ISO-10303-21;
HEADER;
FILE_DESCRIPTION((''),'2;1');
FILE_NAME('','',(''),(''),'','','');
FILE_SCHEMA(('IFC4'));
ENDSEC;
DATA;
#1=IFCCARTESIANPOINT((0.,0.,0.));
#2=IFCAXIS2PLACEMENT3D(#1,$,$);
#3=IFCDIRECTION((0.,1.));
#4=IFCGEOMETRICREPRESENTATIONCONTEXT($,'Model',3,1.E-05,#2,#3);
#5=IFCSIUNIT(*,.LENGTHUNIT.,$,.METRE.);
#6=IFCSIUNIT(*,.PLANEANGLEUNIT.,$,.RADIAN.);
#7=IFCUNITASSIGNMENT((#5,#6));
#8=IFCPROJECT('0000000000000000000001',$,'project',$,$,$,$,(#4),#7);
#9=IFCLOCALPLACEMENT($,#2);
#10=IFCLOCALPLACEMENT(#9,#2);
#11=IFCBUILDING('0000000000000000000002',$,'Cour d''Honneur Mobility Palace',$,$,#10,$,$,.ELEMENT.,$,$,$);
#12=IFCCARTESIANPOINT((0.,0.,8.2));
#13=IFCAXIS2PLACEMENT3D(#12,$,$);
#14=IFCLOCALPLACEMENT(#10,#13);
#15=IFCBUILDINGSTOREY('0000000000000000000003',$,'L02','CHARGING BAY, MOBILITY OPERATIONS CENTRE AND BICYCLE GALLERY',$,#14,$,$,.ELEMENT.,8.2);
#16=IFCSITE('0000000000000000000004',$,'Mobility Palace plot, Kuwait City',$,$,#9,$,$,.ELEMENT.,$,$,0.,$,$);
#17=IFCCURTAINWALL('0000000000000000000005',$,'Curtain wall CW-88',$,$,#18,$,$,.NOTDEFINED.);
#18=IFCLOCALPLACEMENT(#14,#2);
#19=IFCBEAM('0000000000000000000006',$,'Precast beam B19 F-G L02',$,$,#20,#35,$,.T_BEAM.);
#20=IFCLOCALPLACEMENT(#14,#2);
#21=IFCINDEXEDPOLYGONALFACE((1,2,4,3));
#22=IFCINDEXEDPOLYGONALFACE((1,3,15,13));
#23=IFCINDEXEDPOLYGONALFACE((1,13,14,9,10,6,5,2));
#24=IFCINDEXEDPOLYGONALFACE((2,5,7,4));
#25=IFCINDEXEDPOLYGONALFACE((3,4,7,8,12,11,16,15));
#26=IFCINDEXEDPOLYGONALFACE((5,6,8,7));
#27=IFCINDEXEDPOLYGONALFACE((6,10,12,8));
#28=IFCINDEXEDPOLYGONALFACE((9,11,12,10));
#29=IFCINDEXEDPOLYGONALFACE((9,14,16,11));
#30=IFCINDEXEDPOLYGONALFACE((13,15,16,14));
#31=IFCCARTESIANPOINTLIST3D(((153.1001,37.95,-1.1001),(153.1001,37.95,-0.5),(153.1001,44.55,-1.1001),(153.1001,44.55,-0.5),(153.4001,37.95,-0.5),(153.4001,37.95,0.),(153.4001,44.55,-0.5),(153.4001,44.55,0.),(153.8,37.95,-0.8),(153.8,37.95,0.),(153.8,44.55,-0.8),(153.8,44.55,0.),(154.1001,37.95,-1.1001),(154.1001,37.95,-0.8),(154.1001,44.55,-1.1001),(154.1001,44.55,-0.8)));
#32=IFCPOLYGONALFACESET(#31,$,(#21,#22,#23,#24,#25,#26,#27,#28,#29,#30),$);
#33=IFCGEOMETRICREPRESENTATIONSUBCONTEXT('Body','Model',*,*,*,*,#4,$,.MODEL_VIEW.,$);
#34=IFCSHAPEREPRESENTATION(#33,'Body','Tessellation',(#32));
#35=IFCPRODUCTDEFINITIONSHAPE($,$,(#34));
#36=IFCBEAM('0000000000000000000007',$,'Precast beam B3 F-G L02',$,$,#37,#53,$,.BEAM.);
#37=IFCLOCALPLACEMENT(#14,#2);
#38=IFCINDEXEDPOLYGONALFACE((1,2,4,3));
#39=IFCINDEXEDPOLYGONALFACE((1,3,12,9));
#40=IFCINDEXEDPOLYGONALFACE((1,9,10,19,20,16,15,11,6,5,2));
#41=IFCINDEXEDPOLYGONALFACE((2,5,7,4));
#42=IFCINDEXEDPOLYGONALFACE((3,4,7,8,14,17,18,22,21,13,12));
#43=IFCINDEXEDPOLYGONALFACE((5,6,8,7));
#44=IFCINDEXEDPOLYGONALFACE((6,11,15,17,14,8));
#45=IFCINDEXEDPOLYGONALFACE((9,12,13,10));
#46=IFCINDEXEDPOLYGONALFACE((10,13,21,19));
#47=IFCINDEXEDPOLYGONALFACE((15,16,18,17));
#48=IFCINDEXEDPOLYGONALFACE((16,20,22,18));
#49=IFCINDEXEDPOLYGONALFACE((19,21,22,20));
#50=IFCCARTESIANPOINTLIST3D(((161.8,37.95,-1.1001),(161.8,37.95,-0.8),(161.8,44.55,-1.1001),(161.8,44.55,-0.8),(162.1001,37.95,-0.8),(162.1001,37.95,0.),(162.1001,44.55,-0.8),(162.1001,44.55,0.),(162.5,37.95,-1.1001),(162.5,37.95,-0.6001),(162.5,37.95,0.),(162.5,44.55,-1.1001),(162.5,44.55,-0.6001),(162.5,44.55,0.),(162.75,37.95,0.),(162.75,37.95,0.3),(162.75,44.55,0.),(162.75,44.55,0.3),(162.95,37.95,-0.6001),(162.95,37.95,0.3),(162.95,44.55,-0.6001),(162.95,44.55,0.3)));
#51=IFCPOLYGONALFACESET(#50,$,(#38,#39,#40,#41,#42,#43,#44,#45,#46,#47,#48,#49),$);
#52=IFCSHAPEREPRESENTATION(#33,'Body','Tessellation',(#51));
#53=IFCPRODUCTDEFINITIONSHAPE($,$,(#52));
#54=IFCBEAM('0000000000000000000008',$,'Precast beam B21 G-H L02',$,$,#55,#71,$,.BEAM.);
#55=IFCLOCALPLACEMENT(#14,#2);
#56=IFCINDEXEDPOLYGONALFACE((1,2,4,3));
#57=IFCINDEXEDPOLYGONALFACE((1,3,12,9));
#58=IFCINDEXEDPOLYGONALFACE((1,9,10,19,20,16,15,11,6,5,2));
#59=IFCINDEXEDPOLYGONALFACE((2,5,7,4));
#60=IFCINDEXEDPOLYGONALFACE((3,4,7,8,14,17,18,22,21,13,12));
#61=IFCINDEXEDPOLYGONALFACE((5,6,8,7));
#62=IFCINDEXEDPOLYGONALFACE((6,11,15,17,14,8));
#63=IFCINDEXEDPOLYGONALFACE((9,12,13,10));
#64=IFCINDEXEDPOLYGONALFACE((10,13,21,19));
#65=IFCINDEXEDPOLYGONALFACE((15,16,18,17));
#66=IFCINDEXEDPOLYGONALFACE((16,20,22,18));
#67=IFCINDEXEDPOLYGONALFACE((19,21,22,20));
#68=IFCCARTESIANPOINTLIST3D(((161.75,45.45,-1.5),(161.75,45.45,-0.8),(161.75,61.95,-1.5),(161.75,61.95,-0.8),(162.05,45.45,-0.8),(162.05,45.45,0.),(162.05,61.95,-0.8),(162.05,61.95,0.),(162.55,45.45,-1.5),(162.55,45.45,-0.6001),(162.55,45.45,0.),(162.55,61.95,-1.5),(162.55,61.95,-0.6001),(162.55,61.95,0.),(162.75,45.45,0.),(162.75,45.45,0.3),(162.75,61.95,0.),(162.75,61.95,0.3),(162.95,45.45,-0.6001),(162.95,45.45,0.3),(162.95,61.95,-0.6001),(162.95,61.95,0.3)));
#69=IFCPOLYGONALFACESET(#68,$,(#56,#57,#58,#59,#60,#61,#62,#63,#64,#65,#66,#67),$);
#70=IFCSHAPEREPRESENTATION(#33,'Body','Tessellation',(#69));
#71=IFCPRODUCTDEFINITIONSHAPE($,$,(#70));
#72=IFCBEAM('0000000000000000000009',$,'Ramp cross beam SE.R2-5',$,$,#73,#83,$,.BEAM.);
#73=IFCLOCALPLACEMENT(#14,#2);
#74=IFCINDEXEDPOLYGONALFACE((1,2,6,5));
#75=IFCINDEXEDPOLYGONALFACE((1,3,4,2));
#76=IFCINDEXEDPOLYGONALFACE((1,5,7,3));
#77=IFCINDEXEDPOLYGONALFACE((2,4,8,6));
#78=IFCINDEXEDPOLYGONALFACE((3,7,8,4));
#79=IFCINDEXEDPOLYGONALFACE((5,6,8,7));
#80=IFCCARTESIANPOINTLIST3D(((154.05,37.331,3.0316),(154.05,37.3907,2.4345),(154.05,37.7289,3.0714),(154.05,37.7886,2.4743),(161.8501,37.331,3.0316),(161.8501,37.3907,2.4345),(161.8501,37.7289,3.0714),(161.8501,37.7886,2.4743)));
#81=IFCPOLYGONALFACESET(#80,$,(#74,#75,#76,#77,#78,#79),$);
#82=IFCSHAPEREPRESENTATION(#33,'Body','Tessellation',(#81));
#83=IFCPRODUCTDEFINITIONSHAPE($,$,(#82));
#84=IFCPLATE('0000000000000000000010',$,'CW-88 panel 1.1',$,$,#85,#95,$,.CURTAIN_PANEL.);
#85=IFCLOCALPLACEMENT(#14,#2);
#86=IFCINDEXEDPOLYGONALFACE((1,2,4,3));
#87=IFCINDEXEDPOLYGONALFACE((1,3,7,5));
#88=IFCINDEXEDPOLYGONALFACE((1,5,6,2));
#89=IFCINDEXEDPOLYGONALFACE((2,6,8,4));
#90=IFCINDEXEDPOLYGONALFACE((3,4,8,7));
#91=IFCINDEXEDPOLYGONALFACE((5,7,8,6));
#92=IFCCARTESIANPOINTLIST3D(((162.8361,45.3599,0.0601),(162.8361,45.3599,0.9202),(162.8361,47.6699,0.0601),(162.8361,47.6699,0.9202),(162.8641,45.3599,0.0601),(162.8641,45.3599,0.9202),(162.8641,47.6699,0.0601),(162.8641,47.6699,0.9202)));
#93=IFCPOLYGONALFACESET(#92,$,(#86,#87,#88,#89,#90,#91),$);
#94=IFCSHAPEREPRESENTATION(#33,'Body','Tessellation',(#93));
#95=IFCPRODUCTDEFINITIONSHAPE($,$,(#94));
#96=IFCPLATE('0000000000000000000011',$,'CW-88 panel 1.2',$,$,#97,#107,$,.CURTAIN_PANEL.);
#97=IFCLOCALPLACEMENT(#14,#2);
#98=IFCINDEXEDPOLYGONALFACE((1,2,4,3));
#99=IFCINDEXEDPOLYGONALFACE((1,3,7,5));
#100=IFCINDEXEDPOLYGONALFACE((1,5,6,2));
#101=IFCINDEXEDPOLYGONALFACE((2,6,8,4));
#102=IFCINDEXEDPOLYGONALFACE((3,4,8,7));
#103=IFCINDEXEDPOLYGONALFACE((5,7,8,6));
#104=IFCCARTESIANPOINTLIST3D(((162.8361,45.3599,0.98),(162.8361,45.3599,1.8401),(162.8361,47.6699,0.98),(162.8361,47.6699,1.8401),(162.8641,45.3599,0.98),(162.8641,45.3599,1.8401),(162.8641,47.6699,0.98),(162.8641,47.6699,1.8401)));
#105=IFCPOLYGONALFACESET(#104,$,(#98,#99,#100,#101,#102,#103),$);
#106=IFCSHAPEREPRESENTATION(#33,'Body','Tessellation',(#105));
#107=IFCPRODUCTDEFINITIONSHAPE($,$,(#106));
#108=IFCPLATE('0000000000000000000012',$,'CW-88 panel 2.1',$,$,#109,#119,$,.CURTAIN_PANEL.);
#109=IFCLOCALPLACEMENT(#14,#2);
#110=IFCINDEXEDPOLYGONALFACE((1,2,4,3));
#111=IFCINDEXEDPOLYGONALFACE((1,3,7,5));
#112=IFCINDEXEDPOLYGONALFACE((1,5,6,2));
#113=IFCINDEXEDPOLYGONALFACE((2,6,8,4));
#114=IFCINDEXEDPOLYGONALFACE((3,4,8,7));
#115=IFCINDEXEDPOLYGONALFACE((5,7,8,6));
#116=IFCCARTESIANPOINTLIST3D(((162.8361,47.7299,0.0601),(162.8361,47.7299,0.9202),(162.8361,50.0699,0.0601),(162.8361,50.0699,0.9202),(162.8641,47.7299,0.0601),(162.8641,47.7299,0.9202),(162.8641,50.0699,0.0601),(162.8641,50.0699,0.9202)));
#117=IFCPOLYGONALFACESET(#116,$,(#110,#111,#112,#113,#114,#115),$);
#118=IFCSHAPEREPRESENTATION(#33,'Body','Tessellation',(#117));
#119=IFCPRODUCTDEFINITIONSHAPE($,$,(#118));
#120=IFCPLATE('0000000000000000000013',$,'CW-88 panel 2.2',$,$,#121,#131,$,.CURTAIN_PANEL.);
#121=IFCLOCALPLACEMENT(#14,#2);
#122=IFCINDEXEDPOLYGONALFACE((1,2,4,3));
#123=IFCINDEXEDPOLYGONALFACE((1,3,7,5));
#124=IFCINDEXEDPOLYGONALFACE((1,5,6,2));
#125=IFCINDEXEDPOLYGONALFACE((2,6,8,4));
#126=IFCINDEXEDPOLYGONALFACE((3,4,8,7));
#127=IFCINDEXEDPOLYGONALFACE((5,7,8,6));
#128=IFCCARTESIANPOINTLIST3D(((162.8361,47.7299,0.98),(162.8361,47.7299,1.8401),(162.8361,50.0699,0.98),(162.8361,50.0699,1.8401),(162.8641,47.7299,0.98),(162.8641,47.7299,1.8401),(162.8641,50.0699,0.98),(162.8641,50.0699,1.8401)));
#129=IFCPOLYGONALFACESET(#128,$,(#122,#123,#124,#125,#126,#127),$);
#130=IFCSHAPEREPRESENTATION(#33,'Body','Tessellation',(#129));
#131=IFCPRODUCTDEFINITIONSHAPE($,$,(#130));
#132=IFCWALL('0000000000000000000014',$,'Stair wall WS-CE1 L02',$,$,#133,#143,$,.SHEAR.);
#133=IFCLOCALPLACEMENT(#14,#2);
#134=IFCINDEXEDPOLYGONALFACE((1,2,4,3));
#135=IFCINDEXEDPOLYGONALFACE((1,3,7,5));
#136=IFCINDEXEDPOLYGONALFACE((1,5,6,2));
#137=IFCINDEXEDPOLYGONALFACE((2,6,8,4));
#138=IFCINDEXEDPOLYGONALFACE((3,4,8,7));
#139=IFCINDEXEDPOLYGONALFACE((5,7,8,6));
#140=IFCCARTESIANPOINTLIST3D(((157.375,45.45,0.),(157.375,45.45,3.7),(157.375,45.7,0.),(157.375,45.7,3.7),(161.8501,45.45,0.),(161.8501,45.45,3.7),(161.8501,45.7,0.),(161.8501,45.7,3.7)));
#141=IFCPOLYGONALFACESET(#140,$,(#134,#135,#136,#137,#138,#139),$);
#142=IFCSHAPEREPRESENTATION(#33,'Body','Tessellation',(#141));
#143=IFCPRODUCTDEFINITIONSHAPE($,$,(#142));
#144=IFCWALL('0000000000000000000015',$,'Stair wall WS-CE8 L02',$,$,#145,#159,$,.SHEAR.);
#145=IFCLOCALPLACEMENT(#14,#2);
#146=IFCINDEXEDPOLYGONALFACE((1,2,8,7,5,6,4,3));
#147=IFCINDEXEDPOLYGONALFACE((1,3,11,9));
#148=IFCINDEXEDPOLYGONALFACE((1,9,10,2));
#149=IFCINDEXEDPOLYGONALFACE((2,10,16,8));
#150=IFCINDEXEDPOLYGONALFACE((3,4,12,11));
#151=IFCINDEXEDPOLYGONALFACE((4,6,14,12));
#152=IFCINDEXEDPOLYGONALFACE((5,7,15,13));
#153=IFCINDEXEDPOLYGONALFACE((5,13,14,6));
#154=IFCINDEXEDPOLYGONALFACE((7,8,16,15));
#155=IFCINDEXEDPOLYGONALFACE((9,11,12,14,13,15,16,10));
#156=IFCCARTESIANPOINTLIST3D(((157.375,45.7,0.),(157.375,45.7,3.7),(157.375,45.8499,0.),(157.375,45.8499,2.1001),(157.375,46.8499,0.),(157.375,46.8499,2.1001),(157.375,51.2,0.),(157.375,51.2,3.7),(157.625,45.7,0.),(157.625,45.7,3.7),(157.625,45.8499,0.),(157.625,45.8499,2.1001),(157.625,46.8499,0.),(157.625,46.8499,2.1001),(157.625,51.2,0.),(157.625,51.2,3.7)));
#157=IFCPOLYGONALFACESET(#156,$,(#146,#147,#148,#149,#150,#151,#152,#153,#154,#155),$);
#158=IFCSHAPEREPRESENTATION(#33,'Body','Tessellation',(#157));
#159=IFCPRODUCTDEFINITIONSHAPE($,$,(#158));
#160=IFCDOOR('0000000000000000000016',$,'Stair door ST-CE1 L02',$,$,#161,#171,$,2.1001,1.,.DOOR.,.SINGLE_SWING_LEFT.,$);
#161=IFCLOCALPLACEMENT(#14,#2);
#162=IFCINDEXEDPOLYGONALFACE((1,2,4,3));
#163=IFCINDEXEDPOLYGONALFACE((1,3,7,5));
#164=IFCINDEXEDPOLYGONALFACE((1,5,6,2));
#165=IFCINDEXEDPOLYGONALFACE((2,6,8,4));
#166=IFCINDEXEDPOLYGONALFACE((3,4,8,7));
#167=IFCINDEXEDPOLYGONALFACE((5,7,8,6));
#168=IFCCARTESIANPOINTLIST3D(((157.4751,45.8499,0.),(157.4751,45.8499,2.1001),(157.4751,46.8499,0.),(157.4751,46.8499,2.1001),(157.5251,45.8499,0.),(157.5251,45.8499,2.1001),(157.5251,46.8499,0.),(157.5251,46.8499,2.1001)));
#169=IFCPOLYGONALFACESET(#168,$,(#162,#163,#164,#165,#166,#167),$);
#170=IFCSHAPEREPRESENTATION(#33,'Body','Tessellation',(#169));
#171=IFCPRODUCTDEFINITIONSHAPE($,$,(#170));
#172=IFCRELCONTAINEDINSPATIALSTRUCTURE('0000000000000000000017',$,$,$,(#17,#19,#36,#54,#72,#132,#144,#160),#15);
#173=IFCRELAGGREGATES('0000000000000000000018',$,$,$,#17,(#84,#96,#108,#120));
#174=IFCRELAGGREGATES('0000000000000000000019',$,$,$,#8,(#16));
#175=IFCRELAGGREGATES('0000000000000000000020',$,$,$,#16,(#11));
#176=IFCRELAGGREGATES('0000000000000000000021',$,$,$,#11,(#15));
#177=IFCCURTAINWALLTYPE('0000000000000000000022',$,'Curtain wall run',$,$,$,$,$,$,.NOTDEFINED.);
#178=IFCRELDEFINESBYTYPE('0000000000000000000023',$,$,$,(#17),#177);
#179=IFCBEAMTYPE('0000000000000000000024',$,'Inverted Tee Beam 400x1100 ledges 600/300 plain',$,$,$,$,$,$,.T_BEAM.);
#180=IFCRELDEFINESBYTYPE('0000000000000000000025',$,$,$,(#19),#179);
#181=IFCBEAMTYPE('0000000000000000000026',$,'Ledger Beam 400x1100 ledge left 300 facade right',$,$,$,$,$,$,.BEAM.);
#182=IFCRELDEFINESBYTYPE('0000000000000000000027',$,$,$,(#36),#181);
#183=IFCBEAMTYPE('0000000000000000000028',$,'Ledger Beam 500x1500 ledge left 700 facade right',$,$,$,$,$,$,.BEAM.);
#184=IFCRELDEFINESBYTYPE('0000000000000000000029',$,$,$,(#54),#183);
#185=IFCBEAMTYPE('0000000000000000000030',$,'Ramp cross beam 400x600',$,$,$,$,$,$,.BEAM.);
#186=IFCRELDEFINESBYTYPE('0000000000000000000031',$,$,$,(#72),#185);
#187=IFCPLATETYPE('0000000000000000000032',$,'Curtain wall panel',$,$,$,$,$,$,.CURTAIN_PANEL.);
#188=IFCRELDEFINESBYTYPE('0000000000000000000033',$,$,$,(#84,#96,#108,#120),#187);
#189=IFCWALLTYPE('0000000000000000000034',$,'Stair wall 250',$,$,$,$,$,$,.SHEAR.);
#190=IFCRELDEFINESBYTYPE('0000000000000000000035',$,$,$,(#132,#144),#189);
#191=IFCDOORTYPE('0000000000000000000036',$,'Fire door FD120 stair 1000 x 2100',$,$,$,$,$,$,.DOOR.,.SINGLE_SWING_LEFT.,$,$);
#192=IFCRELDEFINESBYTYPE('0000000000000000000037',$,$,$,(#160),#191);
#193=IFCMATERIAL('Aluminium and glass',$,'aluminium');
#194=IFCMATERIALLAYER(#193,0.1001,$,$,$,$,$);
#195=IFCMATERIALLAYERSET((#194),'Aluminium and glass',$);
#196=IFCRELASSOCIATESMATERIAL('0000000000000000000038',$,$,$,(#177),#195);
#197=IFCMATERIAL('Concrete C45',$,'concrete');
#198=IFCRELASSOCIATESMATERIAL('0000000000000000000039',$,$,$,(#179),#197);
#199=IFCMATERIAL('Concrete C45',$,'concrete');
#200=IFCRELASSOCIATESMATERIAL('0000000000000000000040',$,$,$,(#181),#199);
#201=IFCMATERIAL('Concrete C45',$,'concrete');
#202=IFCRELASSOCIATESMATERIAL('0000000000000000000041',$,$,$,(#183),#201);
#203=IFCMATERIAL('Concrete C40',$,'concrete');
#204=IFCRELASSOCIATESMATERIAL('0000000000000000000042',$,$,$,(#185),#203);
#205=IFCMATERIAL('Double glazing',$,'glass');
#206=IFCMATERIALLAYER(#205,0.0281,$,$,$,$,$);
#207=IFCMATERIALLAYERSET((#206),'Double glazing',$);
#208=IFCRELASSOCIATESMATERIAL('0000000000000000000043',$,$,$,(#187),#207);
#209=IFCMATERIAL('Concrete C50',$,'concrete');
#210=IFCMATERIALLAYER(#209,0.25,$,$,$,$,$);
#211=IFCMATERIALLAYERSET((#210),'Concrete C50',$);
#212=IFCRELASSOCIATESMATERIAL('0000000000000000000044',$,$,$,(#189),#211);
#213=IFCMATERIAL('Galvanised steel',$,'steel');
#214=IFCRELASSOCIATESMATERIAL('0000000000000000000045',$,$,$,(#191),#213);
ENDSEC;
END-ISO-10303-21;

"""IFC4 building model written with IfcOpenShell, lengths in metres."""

from ifc_helpers import new_model, si_unit, direction, frame, frame_2d, origin, origin_2d, place, context, subcontext, project, spatial, polyline, rectangle, outline, extrude, material, layer, layer_set, material_profile, profile_set, type_object, element, fill, aggregate, save


model = new_model("IFC4")

# Units and contexts
model_context = context("Model", 3, precision=1e-05, world=origin(), true_north=direction((0.0, 1.0)))
body_context = subcontext(model_context, "Body", "Model", "MODEL_VIEW")
ifc_project = project(units=[si_unit("LENGTHUNIT", "METRE"), si_unit("PLANEANGLEUNIT", "RADIAN")], contexts=[model_context])

# Site, building, storey
site_placement = place(None, origin())
site = spatial("IfcSite", under=ifc_project, at=site_placement, Name="Mobility Palace plot, Kuwait City", CompositionType="ELEMENT", RefElevation=0.0)
building_placement = place(site_placement, origin())
building = spatial("IfcBuilding", under=site, at=building_placement, Name="Cour d'Honneur Mobility Palace", CompositionType="ELEMENT")
storey_placement = place(building_placement, frame((0.0, 0.0, 8.2)))
storey = spatial("IfcBuildingStorey", under=building, at=storey_placement, Name="L02", Description="CHARGING BAY, MOBILITY OPERATIONS CENTRE AND BICYCLE GALLERY", CompositionType="ELEMENT", Elevation=8.2)

# Curtain wall
ifc_material_1 = material(Name="Aluminium and glass", Category="aluminium")
ifc_layer_1 = layer(ifc_material_1, 0.1001)
ifc_layer_set_1 = layer_set([ifc_layer_1], Name="Aluminium and glass")
curtain_wall_type = type_object("IfcCurtainWallType", Name="Curtain wall run", PredefinedType="NOTDEFINED", material=ifc_layer_set_1)
curtain_wall_placement = place(storey_placement, origin())
curtain_wall = element("IfcCurtainWall", 1, at=curtain_wall_placement, inside=storey, type_object=curtain_wall_type, Name="Curtain wall CW-88", PredefinedType="NOTDEFINED")

# Beams
ifc_material_2 = material(Name="Concrete C45", Category="concrete")
ifc_material_profile_1 = material_profile(ifc_material_2, outline(polyline([(0.5, -1.1001), (0.5, -0.5), (0.2, -0.5), (0.2, 0.0), (-0.2, 0.0), (-0.2, -0.8), (-0.5, -0.8), (-0.5, -1.1001), (0.5, -1.1001)])), Name="Inverted Tee Beam 400x1100 ledges 600/300 plain")
ifc_profile_set_1 = profile_set([ifc_material_profile_1], Name="Concrete C45")
beam_type_1 = type_object("IfcBeamType", Name="Inverted Tee Beam 400x1100 ledges 600/300 plain", PredefinedType="T_BEAM", material=ifc_profile_set_1)
beam_1_placement = place(storey_placement, frame((153.6001, 37.95, 0.0), z_axis=(0.0, 1.0, 0.0), x_axis=(-1.0, 0.0, 0.0)))
element("IfcBeam", 2, at=beam_1_placement, inside=storey, type_object=beam_type_1, Name="Precast beam B19 F-G L02", PredefinedType="T_BEAM", context=body_context, shape_type="SweptSolid", body=[
    extrude(outline(polyline([(0.5, -1.1001), (0.5, -0.5), (0.2, -0.5), (0.2, 0.0), (-0.2, 0.0), (-0.2, -0.8), (-0.5, -0.8), (-0.5, -1.1001), (0.5, -1.1001)])), origin(), (0.0, 0.0, 1.0), 6.6001),
])
ifc_material_3 = material(Name="Concrete C45", Category="concrete")
ifc_material_profile_2 = material_profile(ifc_material_3, outline(polyline([(0.5, -1.1001), (0.5, -0.8), (0.2, -0.8), (0.2, 0.0), (-0.2, 0.0), (-0.45, 0.0), (-0.45, 0.3), (-0.6499, 0.3), (-0.6499, -0.6001), (-0.2, -0.6001), (-0.2, -1.1001), (0.5, -1.1001)])), Name="Ledger Beam 400x1100 ledge left 300 facade right")
ifc_profile_set_2 = profile_set([ifc_material_profile_2], Name="Concrete C45")
beam_type_2 = type_object("IfcBeamType", Name="Ledger Beam 400x1100 ledge left 300 facade right", PredefinedType="BEAM", material=ifc_profile_set_2)
beam_2_placement = place(storey_placement, frame((162.3, 37.95, 0.0), z_axis=(0.0, 1.0, 0.0), x_axis=(-1.0, 0.0, 0.0)))
element("IfcBeam", 3, at=beam_2_placement, inside=storey, type_object=beam_type_2, Name="Precast beam B3 F-G L02", PredefinedType="BEAM", context=body_context, shape_type="SweptSolid", body=[
    extrude(outline(polyline([(0.5, -1.1001), (0.5, -0.8), (0.2, -0.8), (0.2, 0.0), (-0.2, 0.0), (-0.45, 0.0), (-0.45, 0.3), (-0.6499, 0.3), (-0.6499, -0.6001), (-0.2, -0.6001), (-0.2, -1.1001), (0.5, -1.1001)])), origin(), (0.0, 0.0, 1.0), 6.6001),
])
ifc_material_4 = material(Name="Concrete C45", Category="concrete")
ifc_material_profile_3 = material_profile(ifc_material_4, outline(polyline([(0.55, -1.5), (0.55, -0.8), (0.25, -0.8), (0.25, 0.0), (-0.25, 0.0), (-0.45, 0.0), (-0.45, 0.3), (-0.6499, 0.3), (-0.6499, -0.6001), (-0.25, -0.6001), (-0.25, -1.5), (0.55, -1.5)])), Name="Ledger Beam 500x1500 ledge left 700 facade right")
ifc_profile_set_3 = profile_set([ifc_material_profile_3], Name="Concrete C45")
beam_type_3 = type_object("IfcBeamType", Name="Ledger Beam 500x1500 ledge left 700 facade right", PredefinedType="BEAM", material=ifc_profile_set_3)
beam_3_placement = place(storey_placement, frame((162.3, 45.45, 0.0), z_axis=(0.0, 1.0, 0.0), x_axis=(-1.0, 0.0, 0.0)))
element("IfcBeam", 4, at=beam_3_placement, inside=storey, type_object=beam_type_3, Name="Precast beam B21 G-H L02", PredefinedType="BEAM", context=body_context, shape_type="SweptSolid", body=[
    extrude(outline(polyline([(0.55, -1.5), (0.55, -0.8), (0.25, -0.8), (0.25, 0.0), (-0.25, 0.0), (-0.45, 0.0), (-0.45, 0.3), (-0.6499, 0.3), (-0.6499, -0.6001), (-0.25, -0.6001), (-0.25, -1.5), (0.55, -1.5)])), origin(), (0.0, 0.0, 1.0), 16.5),
])
ifc_material_5 = material(Name="Concrete C40", Category="concrete")
ifc_material_profile_4 = material_profile(ifc_material_5, rectangle(XDim=0.3999, YDim=0.6001, at=origin_2d()), Name="Ramp cross beam 400x600")
ifc_profile_set_4 = profile_set([ifc_material_profile_4], Name="Concrete C40")
beam_type_4 = type_object("IfcBeamType", Name="Ramp cross beam 400x600", PredefinedType="BEAM", material=ifc_profile_set_4)
beam_4_placement = place(storey_placement, frame((161.8501, 37.5598, 2.7529), z_axis=(-1.0, 0.0, 0.0), x_axis=(0.0, -0.995037, -0.099504)))
element("IfcBeam", 5, at=beam_4_placement, inside=storey, type_object=beam_type_4, Name="Ramp cross beam SE.R2-5", PredefinedType="BEAM", context=body_context, shape_type="SweptSolid", body=[
    extrude(rectangle(XDim=0.3999, YDim=0.6001, at=origin_2d()), origin(), (0.0, 0.0, 1.0), 7.8),
])

# Plates
ifc_material_6 = material(Name="Double glazing", Category="glass")
ifc_layer_2 = layer(ifc_material_6, 0.0281)
ifc_layer_set_2 = layer_set([ifc_layer_2], Name="Double glazing")
plate_type = type_object("IfcPlateType", Name="Curtain wall panel", PredefinedType="CURTAIN_PANEL", material=ifc_layer_set_2)
plate_1_placement = place(storey_placement, frame((162.8501, 46.5149, 0.0601), z_axis=(0.0, 0.0, 1.0), x_axis=(0.0, 1.0, 0.0)))
plate_1 = element("IfcPlate", 6, at=plate_1_placement, type_object=plate_type, Name="CW-88 panel 1.1", PredefinedType="CURTAIN_PANEL", context=body_context, shape_type="SweptSolid", body=[
    extrude(rectangle(XDim=2.3101, YDim=0.0281, at=origin_2d()), origin(), (0.0, 0.0, 1.0), 0.8601),
])
plate_2_placement = place(storey_placement, frame((162.8501, 46.5149, 0.98), z_axis=(0.0, 0.0, 1.0), x_axis=(0.0, 1.0, 0.0)))
plate_2 = element("IfcPlate", 7, at=plate_2_placement, type_object=plate_type, Name="CW-88 panel 1.2", PredefinedType="CURTAIN_PANEL", context=body_context, shape_type="SweptSolid", body=[
    extrude(rectangle(XDim=2.3101, YDim=0.0281, at=origin_2d()), origin(), (0.0, 0.0, 1.0), 0.8601),
])
plate_3_placement = place(storey_placement, frame((162.8501, 48.8999, 0.0601), z_axis=(0.0, 0.0, 1.0), x_axis=(0.0, 1.0, 0.0)))
plate_3 = element("IfcPlate", 8, at=plate_3_placement, type_object=plate_type, Name="CW-88 panel 2.1", PredefinedType="CURTAIN_PANEL", context=body_context, shape_type="SweptSolid", body=[
    extrude(rectangle(XDim=2.3401, YDim=0.0281, at=origin_2d()), origin(), (0.0, 0.0, 1.0), 0.8601),
])
plate_4_placement = place(storey_placement, frame((162.8501, 48.8999, 0.98), z_axis=(0.0, 0.0, 1.0), x_axis=(0.0, 1.0, 0.0)))
plate_4 = element("IfcPlate", 9, at=plate_4_placement, type_object=plate_type, Name="CW-88 panel 2.2", PredefinedType="CURTAIN_PANEL", context=body_context, shape_type="SweptSolid", body=[
    extrude(rectangle(XDim=2.3401, YDim=0.0281, at=origin_2d()), origin(), (0.0, 0.0, 1.0), 0.8601),
])
aggregate(curtain_wall, [plate_1, plate_2, plate_3, plate_4])

# Wall
ifc_material_7 = material(Name="Concrete C50", Category="concrete")
ifc_layer_3 = layer(ifc_material_7, 0.25)
ifc_layer_set_3 = layer_set([ifc_layer_3], Name="Concrete C50")
wall_type = type_object("IfcWallType", Name="Stair wall 250", PredefinedType="SHEAR", material=ifc_layer_set_3)
wall_1_placement = place(storey_placement, frame((157.375, 45.575, 0.0), z_axis=(0.0, 0.0, 1.0), x_axis=(1.0, 0.0, 0.0)))
element("IfcWall", 10, at=wall_1_placement, inside=storey, type_object=wall_type, Name="Stair wall WS-CE1 L02", PredefinedType="SHEAR", context=body_context, shape_type="SweptSolid", body=[
    extrude(rectangle(XDim=4.4751, YDim=0.25, at=frame_2d((2.2375, 0.0))), origin(), (0.0, 0.0, 1.0), 3.7),
])

# Wall, opening, door
wall_2_placement = place(storey_placement, frame((157.5, 45.7, 0.0), z_axis=(0.0, 0.0, 1.0), x_axis=(0.0, 1.0, 0.0)))
wall_2 = element("IfcWall", 11, at=wall_2_placement, inside=storey, type_object=wall_type, Name="Stair wall WS-CE8 L02", PredefinedType="SHEAR", context=body_context, shape_type="SweptSolid", body=[
    extrude(rectangle(XDim=5.5, YDim=0.25, at=frame_2d((2.75, 0.0))), origin(), (0.0, 0.0, 1.0), 3.7),
])
opening_placement = place(wall_2_placement, frame((0.1499, 0.0, 0.0)))
opening = element("IfcOpeningElement", 12, at=opening_placement, cuts=wall_2, PredefinedType="OPENING", context=body_context, shape_type="SweptSolid", body=[
    extrude(rectangle(XDim=1.0, YDim=2.1001, at=frame_2d((0.5, 1.05))), frame((0.0, 0.135, 0.0), z_axis=(0.0, -1.0, 0.0), x_axis=(1.0, 0.0, 0.0)), (0.0, 0.0, 1.0), 0.27),
])
ifc_material_8 = material(Name="Galvanised steel", Category="steel")
door_type = type_object("IfcDoorType", Name="Fire door FD120 stair 1000 x 2100", OperationType="SINGLE_SWING_LEFT", PredefinedType="DOOR", material=ifc_material_8)
door_placement = place(opening_placement, origin())
door = element("IfcDoor", 13, at=door_placement, inside=storey, type_object=door_type, Name="Stair door ST-CE1 L02", OperationType="SINGLE_SWING_LEFT", OverallHeight=2.1001, OverallWidth=1.0, PredefinedType="DOOR", context=body_context, shape_type="SweptSolid", body=[
    extrude(rectangle(XDim=1.0, YDim=2.1001, at=frame_2d((0.5, 1.05))), frame((0.0, 0.0249, 0.0), z_axis=(0.0, -1.0, 0.0), x_axis=(1.0, 0.0, 0.0)), (0.0, 0.0, 1.0), 0.05),
])
fill(opening, door)

save(model, "model.ifc")
